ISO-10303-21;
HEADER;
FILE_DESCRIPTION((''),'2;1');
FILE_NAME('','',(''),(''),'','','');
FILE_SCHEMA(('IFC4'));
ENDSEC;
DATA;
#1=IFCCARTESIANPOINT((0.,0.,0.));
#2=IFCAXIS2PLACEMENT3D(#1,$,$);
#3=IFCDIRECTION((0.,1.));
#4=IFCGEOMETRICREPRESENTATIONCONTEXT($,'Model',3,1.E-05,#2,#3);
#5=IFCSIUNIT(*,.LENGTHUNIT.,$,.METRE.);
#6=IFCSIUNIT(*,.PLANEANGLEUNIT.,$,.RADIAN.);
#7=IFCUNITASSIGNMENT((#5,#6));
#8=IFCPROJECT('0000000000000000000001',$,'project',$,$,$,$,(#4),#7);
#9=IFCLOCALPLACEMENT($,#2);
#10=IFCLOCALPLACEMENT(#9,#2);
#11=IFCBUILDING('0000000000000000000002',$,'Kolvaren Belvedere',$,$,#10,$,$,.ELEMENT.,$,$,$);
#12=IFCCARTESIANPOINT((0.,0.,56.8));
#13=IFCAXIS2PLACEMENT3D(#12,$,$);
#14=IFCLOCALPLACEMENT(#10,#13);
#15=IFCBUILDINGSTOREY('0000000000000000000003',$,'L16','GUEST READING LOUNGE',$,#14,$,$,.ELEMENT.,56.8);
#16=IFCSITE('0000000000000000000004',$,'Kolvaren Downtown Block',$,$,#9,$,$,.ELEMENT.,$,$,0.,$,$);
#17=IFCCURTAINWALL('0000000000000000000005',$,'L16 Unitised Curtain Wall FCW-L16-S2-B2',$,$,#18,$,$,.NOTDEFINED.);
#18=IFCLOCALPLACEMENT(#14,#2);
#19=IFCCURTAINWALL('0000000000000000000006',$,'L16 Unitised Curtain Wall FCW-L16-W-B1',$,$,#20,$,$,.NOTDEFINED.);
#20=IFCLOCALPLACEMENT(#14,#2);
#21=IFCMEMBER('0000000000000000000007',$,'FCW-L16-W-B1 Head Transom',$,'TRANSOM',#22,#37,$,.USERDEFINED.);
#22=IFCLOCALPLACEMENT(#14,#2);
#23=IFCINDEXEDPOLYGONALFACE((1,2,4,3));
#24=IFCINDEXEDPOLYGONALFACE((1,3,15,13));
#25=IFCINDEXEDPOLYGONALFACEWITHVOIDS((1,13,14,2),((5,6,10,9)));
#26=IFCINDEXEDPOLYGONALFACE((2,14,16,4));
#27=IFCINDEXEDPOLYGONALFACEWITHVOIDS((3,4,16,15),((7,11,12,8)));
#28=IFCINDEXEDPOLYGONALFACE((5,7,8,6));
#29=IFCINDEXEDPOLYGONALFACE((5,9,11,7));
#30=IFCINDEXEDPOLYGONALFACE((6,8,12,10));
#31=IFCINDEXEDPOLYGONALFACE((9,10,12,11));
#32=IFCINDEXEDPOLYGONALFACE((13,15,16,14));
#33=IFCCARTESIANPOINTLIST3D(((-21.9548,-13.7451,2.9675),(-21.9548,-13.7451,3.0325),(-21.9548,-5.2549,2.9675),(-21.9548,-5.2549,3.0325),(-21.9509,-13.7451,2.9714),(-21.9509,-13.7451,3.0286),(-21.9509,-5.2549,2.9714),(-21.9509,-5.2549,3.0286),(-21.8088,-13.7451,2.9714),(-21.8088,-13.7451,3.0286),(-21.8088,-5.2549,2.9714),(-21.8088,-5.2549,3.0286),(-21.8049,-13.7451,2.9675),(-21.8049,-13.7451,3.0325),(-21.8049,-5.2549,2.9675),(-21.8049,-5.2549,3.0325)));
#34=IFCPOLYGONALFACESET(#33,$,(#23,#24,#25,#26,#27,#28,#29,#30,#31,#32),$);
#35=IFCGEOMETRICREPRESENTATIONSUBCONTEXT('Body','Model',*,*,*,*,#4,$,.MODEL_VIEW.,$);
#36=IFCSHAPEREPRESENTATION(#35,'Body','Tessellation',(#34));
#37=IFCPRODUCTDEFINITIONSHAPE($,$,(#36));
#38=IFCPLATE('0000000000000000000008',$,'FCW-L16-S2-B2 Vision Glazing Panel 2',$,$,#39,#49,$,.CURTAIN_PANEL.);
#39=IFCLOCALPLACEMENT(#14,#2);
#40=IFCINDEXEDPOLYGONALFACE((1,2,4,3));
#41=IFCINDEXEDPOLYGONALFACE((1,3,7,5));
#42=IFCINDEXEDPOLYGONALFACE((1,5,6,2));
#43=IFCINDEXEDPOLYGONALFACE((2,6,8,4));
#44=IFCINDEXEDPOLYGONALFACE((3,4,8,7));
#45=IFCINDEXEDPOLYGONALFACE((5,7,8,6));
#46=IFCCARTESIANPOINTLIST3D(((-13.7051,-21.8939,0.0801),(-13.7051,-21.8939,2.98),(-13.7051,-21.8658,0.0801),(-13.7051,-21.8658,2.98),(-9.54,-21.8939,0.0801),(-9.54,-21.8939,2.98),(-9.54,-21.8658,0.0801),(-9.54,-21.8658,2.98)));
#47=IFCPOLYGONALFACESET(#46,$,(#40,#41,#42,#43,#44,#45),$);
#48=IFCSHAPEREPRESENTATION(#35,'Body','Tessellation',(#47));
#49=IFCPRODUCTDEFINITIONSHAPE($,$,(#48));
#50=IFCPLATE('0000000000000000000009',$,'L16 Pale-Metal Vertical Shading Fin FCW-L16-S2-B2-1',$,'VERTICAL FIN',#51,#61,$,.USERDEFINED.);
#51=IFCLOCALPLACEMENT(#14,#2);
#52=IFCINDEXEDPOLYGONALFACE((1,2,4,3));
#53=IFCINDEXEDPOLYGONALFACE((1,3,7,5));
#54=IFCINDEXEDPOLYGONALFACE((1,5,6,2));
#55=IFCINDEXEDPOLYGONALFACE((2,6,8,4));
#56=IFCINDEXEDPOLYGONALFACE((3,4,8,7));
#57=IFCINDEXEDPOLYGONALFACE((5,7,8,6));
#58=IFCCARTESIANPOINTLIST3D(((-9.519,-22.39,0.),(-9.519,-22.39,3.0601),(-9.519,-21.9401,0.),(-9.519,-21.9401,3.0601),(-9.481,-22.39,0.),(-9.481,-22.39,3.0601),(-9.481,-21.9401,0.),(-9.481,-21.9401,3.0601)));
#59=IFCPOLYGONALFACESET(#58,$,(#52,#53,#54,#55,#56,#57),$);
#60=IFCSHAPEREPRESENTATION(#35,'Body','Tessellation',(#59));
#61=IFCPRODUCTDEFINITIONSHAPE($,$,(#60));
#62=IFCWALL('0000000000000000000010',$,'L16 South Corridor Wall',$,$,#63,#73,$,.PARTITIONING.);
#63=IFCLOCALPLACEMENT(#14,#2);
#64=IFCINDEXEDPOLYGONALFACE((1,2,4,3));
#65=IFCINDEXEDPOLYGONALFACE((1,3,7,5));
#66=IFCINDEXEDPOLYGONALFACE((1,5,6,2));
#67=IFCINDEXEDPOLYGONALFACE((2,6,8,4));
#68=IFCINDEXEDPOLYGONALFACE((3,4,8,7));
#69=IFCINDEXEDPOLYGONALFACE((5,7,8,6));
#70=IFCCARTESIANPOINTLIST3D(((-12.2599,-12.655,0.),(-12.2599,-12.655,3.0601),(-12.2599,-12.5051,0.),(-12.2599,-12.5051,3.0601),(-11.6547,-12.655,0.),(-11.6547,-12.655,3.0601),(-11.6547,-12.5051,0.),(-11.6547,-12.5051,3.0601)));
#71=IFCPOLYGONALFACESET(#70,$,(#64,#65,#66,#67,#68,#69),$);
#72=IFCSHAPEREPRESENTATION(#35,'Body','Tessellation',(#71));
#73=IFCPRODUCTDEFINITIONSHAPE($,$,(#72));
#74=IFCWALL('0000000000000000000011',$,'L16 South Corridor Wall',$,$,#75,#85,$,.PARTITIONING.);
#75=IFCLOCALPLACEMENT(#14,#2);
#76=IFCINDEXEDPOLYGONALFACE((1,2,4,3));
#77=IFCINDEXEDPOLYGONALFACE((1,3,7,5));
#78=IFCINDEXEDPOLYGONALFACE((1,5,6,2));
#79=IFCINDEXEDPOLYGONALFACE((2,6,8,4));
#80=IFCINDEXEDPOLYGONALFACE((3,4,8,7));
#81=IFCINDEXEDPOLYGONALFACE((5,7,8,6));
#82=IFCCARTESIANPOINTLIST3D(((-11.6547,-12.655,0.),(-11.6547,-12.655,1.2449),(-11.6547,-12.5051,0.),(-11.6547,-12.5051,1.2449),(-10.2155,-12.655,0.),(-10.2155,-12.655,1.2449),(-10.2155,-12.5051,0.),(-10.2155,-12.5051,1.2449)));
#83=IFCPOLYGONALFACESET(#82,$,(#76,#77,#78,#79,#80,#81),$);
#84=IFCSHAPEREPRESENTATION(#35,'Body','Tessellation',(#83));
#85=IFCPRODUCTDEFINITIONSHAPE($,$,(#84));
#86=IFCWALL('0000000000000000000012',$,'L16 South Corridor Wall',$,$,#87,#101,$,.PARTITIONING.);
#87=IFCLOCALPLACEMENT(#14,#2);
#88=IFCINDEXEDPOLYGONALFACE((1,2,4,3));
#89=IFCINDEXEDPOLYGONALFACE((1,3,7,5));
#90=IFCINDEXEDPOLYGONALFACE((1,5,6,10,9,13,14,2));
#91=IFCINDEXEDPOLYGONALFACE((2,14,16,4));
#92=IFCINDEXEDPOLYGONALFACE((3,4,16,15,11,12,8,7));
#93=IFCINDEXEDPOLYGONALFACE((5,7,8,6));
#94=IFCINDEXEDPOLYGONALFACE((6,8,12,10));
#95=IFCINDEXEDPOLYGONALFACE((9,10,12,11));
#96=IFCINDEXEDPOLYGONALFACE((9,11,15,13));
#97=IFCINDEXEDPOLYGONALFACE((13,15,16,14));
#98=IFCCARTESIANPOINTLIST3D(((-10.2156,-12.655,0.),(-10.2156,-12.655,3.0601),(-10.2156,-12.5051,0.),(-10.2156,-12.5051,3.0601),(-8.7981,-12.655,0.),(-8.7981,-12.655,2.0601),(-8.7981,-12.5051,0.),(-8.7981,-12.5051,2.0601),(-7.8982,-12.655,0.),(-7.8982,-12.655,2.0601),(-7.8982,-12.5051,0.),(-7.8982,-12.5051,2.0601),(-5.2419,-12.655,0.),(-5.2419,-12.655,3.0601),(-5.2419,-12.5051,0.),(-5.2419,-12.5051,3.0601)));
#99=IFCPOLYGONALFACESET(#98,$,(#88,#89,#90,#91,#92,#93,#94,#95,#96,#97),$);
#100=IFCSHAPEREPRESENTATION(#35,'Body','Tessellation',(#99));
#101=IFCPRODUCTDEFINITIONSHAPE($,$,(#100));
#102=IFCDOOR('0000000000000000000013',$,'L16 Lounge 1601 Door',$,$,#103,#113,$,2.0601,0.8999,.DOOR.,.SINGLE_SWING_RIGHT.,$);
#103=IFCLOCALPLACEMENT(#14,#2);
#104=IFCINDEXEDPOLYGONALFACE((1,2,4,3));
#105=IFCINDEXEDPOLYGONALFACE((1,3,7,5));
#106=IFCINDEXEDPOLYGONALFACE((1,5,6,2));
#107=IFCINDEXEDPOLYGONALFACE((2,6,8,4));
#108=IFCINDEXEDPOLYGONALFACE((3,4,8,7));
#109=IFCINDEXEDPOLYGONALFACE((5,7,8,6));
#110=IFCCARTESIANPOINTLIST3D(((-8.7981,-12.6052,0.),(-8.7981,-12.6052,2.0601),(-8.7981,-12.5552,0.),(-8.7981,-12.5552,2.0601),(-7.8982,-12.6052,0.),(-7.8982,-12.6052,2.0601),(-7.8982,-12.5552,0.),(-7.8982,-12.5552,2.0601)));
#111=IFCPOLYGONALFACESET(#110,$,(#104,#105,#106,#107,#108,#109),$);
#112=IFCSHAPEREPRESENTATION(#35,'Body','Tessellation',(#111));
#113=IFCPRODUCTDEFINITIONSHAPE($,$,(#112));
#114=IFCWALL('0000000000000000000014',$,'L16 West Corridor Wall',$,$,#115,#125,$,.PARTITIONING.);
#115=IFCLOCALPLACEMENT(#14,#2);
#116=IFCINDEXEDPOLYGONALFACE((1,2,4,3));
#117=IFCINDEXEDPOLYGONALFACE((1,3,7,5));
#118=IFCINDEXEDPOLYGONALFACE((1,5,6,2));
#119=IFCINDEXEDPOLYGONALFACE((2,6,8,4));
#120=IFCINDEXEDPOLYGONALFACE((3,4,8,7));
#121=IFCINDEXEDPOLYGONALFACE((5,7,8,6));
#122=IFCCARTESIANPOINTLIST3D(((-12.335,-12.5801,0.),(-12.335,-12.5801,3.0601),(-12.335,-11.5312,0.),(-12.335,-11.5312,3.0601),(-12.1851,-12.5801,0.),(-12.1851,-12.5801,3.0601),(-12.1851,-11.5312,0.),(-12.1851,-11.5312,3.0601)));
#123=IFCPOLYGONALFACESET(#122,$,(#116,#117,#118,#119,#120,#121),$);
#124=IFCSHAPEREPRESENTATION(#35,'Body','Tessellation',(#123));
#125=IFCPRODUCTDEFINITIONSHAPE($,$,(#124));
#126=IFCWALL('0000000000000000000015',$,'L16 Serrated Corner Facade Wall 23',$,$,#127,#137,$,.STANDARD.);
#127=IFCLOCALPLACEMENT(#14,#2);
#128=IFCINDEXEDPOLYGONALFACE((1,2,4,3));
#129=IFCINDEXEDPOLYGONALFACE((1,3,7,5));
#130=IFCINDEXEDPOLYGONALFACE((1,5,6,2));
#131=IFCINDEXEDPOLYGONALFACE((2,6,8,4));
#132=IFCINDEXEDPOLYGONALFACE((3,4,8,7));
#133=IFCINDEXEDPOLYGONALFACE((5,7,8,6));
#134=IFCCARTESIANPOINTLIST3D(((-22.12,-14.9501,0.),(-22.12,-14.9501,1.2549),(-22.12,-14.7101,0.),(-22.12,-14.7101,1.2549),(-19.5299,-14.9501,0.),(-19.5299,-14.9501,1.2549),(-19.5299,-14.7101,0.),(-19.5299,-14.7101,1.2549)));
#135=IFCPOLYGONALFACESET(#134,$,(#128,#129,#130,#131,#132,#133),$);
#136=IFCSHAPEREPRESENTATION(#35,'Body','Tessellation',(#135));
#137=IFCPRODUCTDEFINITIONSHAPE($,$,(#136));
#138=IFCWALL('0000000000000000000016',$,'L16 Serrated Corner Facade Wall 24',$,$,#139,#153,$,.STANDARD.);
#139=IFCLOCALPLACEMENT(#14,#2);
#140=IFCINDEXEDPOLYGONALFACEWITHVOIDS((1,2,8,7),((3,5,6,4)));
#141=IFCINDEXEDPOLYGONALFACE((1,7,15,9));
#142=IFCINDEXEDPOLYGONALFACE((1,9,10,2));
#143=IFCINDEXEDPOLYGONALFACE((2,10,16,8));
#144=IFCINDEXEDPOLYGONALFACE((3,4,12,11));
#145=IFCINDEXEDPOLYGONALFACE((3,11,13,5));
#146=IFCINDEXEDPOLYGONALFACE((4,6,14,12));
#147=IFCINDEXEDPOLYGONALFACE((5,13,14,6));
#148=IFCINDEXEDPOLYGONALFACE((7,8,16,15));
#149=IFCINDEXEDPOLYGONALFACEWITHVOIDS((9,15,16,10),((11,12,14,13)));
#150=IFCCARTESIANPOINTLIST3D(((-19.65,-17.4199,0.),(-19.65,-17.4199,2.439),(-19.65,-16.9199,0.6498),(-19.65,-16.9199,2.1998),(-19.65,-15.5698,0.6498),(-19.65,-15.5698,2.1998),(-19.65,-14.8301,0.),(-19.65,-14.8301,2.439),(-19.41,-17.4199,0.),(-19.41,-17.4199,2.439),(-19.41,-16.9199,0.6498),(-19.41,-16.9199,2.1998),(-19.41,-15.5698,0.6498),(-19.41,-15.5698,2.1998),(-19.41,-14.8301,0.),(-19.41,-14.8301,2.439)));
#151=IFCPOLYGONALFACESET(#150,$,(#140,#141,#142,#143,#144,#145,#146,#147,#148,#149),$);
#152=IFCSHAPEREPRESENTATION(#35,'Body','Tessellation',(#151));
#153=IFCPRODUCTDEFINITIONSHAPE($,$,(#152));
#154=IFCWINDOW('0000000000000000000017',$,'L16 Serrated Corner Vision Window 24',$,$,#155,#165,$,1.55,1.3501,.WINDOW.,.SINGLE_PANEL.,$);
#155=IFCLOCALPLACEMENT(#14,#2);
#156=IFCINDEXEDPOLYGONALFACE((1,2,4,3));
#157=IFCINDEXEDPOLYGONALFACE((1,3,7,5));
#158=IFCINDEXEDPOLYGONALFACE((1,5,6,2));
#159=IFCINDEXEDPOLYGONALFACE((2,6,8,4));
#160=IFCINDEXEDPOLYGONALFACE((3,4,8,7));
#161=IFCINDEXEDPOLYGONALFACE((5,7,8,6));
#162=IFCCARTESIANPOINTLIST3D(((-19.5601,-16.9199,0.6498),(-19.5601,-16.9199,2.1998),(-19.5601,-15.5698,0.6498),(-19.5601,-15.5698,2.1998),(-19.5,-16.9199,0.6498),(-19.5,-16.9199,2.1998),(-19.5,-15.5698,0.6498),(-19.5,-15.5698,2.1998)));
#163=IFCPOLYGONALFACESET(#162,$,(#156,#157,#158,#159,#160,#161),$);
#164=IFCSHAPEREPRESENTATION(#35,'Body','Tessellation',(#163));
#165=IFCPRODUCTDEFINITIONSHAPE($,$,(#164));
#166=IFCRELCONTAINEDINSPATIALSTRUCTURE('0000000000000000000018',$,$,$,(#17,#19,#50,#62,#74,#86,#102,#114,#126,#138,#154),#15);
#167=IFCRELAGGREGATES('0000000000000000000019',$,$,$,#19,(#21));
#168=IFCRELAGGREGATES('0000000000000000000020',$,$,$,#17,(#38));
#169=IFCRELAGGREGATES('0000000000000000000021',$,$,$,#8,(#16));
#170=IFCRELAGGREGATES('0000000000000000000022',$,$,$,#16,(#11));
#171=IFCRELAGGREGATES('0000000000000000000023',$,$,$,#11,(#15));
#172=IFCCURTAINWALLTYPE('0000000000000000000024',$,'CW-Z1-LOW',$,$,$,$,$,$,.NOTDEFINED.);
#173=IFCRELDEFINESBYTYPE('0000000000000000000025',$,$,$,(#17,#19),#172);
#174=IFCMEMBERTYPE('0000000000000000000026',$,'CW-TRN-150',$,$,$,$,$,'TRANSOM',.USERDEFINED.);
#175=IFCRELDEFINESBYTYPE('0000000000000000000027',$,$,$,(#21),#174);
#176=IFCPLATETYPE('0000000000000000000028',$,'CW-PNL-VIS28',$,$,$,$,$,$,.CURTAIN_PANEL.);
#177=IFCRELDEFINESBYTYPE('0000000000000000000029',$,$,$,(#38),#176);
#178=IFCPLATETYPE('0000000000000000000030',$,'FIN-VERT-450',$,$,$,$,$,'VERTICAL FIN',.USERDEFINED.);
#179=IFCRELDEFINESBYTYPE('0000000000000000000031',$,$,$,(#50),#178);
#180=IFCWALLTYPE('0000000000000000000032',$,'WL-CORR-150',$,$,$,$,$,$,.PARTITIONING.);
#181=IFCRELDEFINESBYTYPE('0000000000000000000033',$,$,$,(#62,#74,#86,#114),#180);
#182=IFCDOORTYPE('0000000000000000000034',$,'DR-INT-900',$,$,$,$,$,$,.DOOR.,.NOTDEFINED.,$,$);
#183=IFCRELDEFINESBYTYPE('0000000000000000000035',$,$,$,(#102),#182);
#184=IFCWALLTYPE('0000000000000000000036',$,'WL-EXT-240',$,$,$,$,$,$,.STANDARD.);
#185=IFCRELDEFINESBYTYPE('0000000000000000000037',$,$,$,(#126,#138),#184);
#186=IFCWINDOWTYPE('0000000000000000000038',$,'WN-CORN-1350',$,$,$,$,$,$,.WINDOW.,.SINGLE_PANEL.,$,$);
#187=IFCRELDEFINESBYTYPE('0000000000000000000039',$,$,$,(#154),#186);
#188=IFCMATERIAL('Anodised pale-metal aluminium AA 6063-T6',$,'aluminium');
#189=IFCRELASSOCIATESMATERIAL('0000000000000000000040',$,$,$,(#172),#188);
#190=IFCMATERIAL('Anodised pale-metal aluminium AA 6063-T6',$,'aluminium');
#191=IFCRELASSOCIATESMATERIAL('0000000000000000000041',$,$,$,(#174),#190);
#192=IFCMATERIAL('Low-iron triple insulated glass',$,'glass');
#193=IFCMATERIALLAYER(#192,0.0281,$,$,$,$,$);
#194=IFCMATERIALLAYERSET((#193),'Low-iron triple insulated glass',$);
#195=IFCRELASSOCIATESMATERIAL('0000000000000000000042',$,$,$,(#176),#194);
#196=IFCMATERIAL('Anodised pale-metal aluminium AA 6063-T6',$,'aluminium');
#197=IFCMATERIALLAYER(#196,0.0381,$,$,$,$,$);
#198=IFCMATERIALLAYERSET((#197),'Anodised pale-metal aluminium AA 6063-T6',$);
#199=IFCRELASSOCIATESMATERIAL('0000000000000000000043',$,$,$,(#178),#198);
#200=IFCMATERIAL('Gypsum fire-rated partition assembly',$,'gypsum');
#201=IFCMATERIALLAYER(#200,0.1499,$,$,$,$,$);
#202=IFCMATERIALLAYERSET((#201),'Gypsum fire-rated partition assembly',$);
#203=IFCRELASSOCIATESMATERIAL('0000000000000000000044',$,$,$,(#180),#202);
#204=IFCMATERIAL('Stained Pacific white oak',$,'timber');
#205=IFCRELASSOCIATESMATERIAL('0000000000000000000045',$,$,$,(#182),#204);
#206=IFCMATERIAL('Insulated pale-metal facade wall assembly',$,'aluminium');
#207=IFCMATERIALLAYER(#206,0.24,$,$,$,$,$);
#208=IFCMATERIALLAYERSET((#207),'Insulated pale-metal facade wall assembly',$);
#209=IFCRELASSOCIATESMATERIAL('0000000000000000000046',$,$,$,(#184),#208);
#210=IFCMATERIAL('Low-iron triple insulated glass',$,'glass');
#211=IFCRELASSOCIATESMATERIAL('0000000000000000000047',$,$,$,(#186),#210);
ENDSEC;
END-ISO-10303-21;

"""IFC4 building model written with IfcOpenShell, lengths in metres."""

from ifc_helpers import new_model, si_unit, direction, frame, frame_2d, origin, origin_2d, place, context, subcontext, project, spatial, rectangle, hollow_rectangle, extrude, material, layer, layer_set, material_profile, profile_set, type_object, element, fill, aggregate, save


model = new_model("IFC4")

# Units and contexts
model_context = context("Model", 3, precision=1e-05, world=origin(), true_north=direction((0.0, 1.0)))
body_context = subcontext(model_context, "Body", "Model", "MODEL_VIEW")
ifc_project = project(units=[si_unit("LENGTHUNIT", "METRE"), si_unit("PLANEANGLEUNIT", "RADIAN")], contexts=[model_context])

# Site, building, storey
site_placement = place(None, origin())
site = spatial("IfcSite", under=ifc_project, at=site_placement, Name="Kolvaren Downtown Block", CompositionType="ELEMENT", RefElevation=0.0)
building_placement = place(site_placement, origin())
building = spatial("IfcBuilding", under=site, at=building_placement, Name="Kolvaren Belvedere", CompositionType="ELEMENT")
storey_placement = place(building_placement, frame((0.0, 0.0, 56.8)))
storey = spatial("IfcBuildingStorey", under=building, at=storey_placement, Name="L16", Description="GUEST READING LOUNGE", CompositionType="ELEMENT", Elevation=56.8)

# Curtain walls, member
ifc_material_1 = material(Name="Anodised pale-metal aluminium AA 6063-T6", Category="aluminium")
curtain_wall_type = type_object("IfcCurtainWallType", Name="CW-Z1-LOW", PredefinedType="NOTDEFINED", material=ifc_material_1)
curtain_wall_1_placement = place(storey_placement, origin())
curtain_wall_1 = element("IfcCurtainWall", 1, at=curtain_wall_1_placement, inside=storey, type_object=curtain_wall_type, Name="L16 Unitised Curtain Wall FCW-L16-S2-B2", PredefinedType="NOTDEFINED")
curtain_wall_2_placement = place(storey_placement, origin())
curtain_wall_2 = element("IfcCurtainWall", 2, at=curtain_wall_2_placement, inside=storey, type_object=curtain_wall_type, Name="L16 Unitised Curtain Wall FCW-L16-W-B1", PredefinedType="NOTDEFINED")
ifc_material_2 = material(Name="Anodised pale-metal aluminium AA 6063-T6", Category="aluminium")
ifc_material_profile_1 = material_profile(ifc_material_2, hollow_rectangle(XDim=0.0649, YDim=0.1499, WallThickness=0.0039, at=origin_2d()), Name="ALU-TRN-150X65")
ifc_profile_set_1 = profile_set([ifc_material_profile_1], Name="Anodised pale-metal aluminium AA 6063-T6")
member_type_1 = type_object("IfcMemberType", Name="CW-TRN-150", ElementType="TRANSOM", PredefinedType="USERDEFINED", material=ifc_profile_set_1)
member_1_placement = place(storey_placement, frame((-21.8799, -13.7451, 3.0), z_axis=(0.0, 1.0, 0.0), x_axis=(0.0, 0.0, 1.0)))
member_1 = element("IfcMember", 3, at=member_1_placement, type_object=member_type_1, Name="FCW-L16-W-B1 Head Transom", ObjectType="TRANSOM", PredefinedType="USERDEFINED", context=body_context, shape_type="SweptSolid", body=[
    extrude(hollow_rectangle(XDim=0.0649, YDim=0.1499, WallThickness=0.0039, at=origin_2d()), origin(), (0.0, 0.0, 1.0), 8.4902),
])
aggregate(curtain_wall_2, [member_1])

# Plates
ifc_material_3 = material(Name="Low-iron triple insulated glass", Category="glass")
ifc_layer_1 = layer(ifc_material_3, 0.0281)
ifc_layer_set_1 = layer_set([ifc_layer_1], Name="Low-iron triple insulated glass")
plate_type_1 = type_object("IfcPlateType", Name="CW-PNL-VIS28", PredefinedType="CURTAIN_PANEL", material=ifc_layer_set_1)
plate_1_placement = place(storey_placement, frame((-11.6226, -21.8799, 0.0801), z_axis=(0.0, 0.0, 1.0), x_axis=(-1.0, 0.0, 0.0)))
plate_1 = element("IfcPlate", 4, at=plate_1_placement, type_object=plate_type_1, Name="FCW-L16-S2-B2 Vision Glazing Panel 2", PredefinedType="CURTAIN_PANEL", context=body_context, shape_type="SweptSolid", body=[
    extrude(rectangle(XDim=4.165, YDim=0.0281, at=origin_2d()), origin(), (0.0, 0.0, 1.0), 2.8999),
])
aggregate(curtain_wall_1, [plate_1])
ifc_material_4 = material(Name="Anodised pale-metal aluminium AA 6063-T6", Category="aluminium")
ifc_layer_2 = layer(ifc_material_4, 0.0381)
ifc_layer_set_2 = layer_set([ifc_layer_2], Name="Anodised pale-metal aluminium AA 6063-T6")
plate_type_2 = type_object("IfcPlateType", Name="FIN-VERT-450", ElementType="VERTICAL FIN", PredefinedType="USERDEFINED", material=ifc_layer_set_2)
plate_2_placement = place(storey_placement, frame((-9.5, -22.165, 0.0), z_axis=(0.0, 0.0, 1.0), x_axis=(0.0, 1.0, 0.0)))
element("IfcPlate", 5, at=plate_2_placement, inside=storey, type_object=plate_type_2, Name="L16 Pale-Metal Vertical Shading Fin FCW-L16-S2-B2-1", ObjectType="VERTICAL FIN", PredefinedType="USERDEFINED", context=body_context, shape_type="SweptSolid", body=[
    extrude(rectangle(XDim=0.45, YDim=0.0381, at=origin_2d()), origin(), (0.0, 0.0, 1.0), 3.0601),
])

# Walls
ifc_material_5 = material(Name="Gypsum fire-rated partition assembly", Category="gypsum")
ifc_layer_3 = layer(ifc_material_5, 0.1499)
ifc_layer_set_3 = layer_set([ifc_layer_3], Name="Gypsum fire-rated partition assembly")
wall_type_1 = type_object("IfcWallType", Name="WL-CORR-150", PredefinedType="PARTITIONING", material=ifc_layer_set_3)
wall_1_placement = place(storey_placement, frame((-12.26, -12.5801, 0.0), z_axis=(0.0, 0.0, 1.0), x_axis=(1.0, 0.0, 0.0)))
element("IfcWall", 6, at=wall_1_placement, inside=storey, type_object=wall_type_1, Name="L16 South Corridor Wall", PredefinedType="PARTITIONING", context=body_context, shape_type="SweptSolid", body=[
    extrude(rectangle(XDim=0.6052, YDim=0.1499, at=frame_2d((0.3027, 0.0))), origin(), (0.0, 0.0, 1.0), 3.0601),
])
wall_2_placement = place(storey_placement, frame((-11.6548, -12.5801, 0.0), z_axis=(0.0, 0.0, 1.0), x_axis=(1.0, 0.0, 0.0)))
element("IfcWall", 7, at=wall_2_placement, inside=storey, type_object=wall_type_1, Name="L16 South Corridor Wall", PredefinedType="PARTITIONING", context=body_context, shape_type="SweptSolid", body=[
    extrude(rectangle(XDim=1.4392, YDim=0.1499, at=frame_2d((0.7197, 0.0))), origin(), (0.0, 0.0, 1.0), 1.2449),
])

# Wall, opening, door
wall_3_placement = place(storey_placement, frame((-10.2156, -12.5801, 0.0), z_axis=(0.0, 0.0, 1.0), x_axis=(1.0, 0.0, 0.0)))
wall_3 = element("IfcWall", 8, at=wall_3_placement, inside=storey, type_object=wall_type_1, Name="L16 South Corridor Wall", PredefinedType="PARTITIONING", context=body_context, shape_type="SweptSolid", body=[
    extrude(rectangle(XDim=4.9736, YDim=0.1499, at=frame_2d((2.4868, 0.0))), origin(), (0.0, 0.0, 1.0), 3.0601),
])
opening_1_placement = place(wall_3_placement, frame((1.4175, 0.0, 0.0)))
opening_1 = element("IfcOpeningElement", 9, at=opening_1_placement, cuts=wall_3, PredefinedType="OPENING", context=body_context, shape_type="SweptSolid", body=[
    extrude(rectangle(XDim=0.8999, YDim=2.0601, at=frame_2d((0.45, 1.03))), frame((0.0, 0.085, 0.0), z_axis=(0.0, -1.0, 0.0), x_axis=(1.0, 0.0, 0.0)), (0.0, 0.0, 1.0), 0.1699),
])
ifc_material_6 = material(Name="Stained Pacific white oak", Category="timber")
door_type = type_object("IfcDoorType", Name="DR-INT-900", OperationType="NOTDEFINED", PredefinedType="DOOR", material=ifc_material_6)
door_placement = place(opening_1_placement, origin())
door = element("IfcDoor", 10, at=door_placement, inside=storey, type_object=door_type, Name="L16 Lounge 1601 Door", OperationType="SINGLE_SWING_RIGHT", OverallHeight=2.0601, OverallWidth=0.8999, PredefinedType="DOOR", context=body_context, shape_type="SweptSolid", body=[
    extrude(rectangle(XDim=0.8999, YDim=2.0601, at=frame_2d((0.45, 1.03))), frame((0.0, 0.0249, 0.0), z_axis=(0.0, -1.0, 0.0), x_axis=(1.0, 0.0, 0.0)), (0.0, 0.0, 1.0), 0.05),
])
fill(opening_1, door)

# Walls
wall_4_placement = place(storey_placement, frame((-12.26, -12.5801, 0.0), z_axis=(0.0, 0.0, 1.0), x_axis=(0.0, 1.0, 0.0)))
element("IfcWall", 11, at=wall_4_placement, inside=storey, type_object=wall_type_1, Name="L16 West Corridor Wall", PredefinedType="PARTITIONING", context=body_context, shape_type="SweptSolid", body=[
    extrude(rectangle(XDim=1.0488, YDim=0.1499, at=frame_2d((0.5244, 0.0))), origin(), (0.0, 0.0, 1.0), 3.0601),
])
ifc_material_7 = material(Name="Insulated pale-metal facade wall assembly", Category="aluminium")
ifc_layer_4 = layer(ifc_material_7, 0.24)
ifc_layer_set_4 = layer_set([ifc_layer_4], Name="Insulated pale-metal facade wall assembly")
wall_type_2 = type_object("IfcWallType", Name="WL-EXT-240", PredefinedType="STANDARD", material=ifc_layer_set_4)
wall_5_placement = place(storey_placement, frame((-19.53, -14.8301, 0.0), z_axis=(0.0, 0.0, 1.0), x_axis=(-1.0, 0.0, 0.0)))
element("IfcWall", 12, at=wall_5_placement, inside=storey, type_object=wall_type_2, Name="L16 Serrated Corner Facade Wall 23", PredefinedType="STANDARD", context=body_context, shape_type="SweptSolid", body=[
    extrude(rectangle(XDim=2.5901, YDim=0.24, at=frame_2d((1.2949, 0.0))), origin(), (0.0, 0.0, 1.0), 1.2549),
])

# Wall, opening, window
wall_6_placement = place(storey_placement, frame((-19.53, -17.4199, 0.0), z_axis=(0.0, 0.0, 1.0), x_axis=(0.0, 1.0, 0.0)))
wall_6 = element("IfcWall", 13, at=wall_6_placement, inside=storey, type_object=wall_type_2, Name="L16 Serrated Corner Facade Wall 24", PredefinedType="STANDARD", context=body_context, shape_type="SweptSolid", body=[
    extrude(rectangle(XDim=2.5898, YDim=0.24, at=frame_2d((1.2949, 0.0))), origin(), (0.0, 0.0, 1.0), 2.439),
])
opening_2_placement = place(wall_6_placement, frame((0.5, 0.0, 0.6499)))
opening_2 = element("IfcOpeningElement", 14, at=opening_2_placement, cuts=wall_6, PredefinedType="OPENING", context=body_context, shape_type="SweptSolid", body=[
    extrude(rectangle(XDim=1.3501, YDim=1.55, at=frame_2d((0.675, 0.7749))), frame((0.0, 0.1299, 0.0), z_axis=(0.0, -1.0, 0.0), x_axis=(1.0, 0.0, 0.0)), (0.0, 0.0, 1.0), 0.26),
])
ifc_material_8 = material(Name="Low-iron triple insulated glass", Category="glass")
window_type = type_object("IfcWindowType", Name="WN-CORN-1350", PartitioningType="SINGLE_PANEL", PredefinedType="WINDOW", material=ifc_material_8)
window_1_placement = place(opening_2_placement, origin())
window_1 = element("IfcWindow", 15, at=window_1_placement, inside=storey, type_object=window_type, Name="L16 Serrated Corner Vision Window 24", OverallHeight=1.55, OverallWidth=1.3501, PartitioningType="SINGLE_PANEL", PredefinedType="WINDOW", context=body_context, shape_type="SweptSolid", body=[
    extrude(rectangle(XDim=1.3501, YDim=1.55, at=frame_2d((0.675, 0.7749))), frame((0.0, 0.03, 0.0), z_axis=(0.0, -1.0, 0.0), x_axis=(1.0, 0.0, 0.0)), (0.0, 0.0, 1.0), 0.0601),
])
fill(opening_2, window_1)

save(model, "model.ifc")
